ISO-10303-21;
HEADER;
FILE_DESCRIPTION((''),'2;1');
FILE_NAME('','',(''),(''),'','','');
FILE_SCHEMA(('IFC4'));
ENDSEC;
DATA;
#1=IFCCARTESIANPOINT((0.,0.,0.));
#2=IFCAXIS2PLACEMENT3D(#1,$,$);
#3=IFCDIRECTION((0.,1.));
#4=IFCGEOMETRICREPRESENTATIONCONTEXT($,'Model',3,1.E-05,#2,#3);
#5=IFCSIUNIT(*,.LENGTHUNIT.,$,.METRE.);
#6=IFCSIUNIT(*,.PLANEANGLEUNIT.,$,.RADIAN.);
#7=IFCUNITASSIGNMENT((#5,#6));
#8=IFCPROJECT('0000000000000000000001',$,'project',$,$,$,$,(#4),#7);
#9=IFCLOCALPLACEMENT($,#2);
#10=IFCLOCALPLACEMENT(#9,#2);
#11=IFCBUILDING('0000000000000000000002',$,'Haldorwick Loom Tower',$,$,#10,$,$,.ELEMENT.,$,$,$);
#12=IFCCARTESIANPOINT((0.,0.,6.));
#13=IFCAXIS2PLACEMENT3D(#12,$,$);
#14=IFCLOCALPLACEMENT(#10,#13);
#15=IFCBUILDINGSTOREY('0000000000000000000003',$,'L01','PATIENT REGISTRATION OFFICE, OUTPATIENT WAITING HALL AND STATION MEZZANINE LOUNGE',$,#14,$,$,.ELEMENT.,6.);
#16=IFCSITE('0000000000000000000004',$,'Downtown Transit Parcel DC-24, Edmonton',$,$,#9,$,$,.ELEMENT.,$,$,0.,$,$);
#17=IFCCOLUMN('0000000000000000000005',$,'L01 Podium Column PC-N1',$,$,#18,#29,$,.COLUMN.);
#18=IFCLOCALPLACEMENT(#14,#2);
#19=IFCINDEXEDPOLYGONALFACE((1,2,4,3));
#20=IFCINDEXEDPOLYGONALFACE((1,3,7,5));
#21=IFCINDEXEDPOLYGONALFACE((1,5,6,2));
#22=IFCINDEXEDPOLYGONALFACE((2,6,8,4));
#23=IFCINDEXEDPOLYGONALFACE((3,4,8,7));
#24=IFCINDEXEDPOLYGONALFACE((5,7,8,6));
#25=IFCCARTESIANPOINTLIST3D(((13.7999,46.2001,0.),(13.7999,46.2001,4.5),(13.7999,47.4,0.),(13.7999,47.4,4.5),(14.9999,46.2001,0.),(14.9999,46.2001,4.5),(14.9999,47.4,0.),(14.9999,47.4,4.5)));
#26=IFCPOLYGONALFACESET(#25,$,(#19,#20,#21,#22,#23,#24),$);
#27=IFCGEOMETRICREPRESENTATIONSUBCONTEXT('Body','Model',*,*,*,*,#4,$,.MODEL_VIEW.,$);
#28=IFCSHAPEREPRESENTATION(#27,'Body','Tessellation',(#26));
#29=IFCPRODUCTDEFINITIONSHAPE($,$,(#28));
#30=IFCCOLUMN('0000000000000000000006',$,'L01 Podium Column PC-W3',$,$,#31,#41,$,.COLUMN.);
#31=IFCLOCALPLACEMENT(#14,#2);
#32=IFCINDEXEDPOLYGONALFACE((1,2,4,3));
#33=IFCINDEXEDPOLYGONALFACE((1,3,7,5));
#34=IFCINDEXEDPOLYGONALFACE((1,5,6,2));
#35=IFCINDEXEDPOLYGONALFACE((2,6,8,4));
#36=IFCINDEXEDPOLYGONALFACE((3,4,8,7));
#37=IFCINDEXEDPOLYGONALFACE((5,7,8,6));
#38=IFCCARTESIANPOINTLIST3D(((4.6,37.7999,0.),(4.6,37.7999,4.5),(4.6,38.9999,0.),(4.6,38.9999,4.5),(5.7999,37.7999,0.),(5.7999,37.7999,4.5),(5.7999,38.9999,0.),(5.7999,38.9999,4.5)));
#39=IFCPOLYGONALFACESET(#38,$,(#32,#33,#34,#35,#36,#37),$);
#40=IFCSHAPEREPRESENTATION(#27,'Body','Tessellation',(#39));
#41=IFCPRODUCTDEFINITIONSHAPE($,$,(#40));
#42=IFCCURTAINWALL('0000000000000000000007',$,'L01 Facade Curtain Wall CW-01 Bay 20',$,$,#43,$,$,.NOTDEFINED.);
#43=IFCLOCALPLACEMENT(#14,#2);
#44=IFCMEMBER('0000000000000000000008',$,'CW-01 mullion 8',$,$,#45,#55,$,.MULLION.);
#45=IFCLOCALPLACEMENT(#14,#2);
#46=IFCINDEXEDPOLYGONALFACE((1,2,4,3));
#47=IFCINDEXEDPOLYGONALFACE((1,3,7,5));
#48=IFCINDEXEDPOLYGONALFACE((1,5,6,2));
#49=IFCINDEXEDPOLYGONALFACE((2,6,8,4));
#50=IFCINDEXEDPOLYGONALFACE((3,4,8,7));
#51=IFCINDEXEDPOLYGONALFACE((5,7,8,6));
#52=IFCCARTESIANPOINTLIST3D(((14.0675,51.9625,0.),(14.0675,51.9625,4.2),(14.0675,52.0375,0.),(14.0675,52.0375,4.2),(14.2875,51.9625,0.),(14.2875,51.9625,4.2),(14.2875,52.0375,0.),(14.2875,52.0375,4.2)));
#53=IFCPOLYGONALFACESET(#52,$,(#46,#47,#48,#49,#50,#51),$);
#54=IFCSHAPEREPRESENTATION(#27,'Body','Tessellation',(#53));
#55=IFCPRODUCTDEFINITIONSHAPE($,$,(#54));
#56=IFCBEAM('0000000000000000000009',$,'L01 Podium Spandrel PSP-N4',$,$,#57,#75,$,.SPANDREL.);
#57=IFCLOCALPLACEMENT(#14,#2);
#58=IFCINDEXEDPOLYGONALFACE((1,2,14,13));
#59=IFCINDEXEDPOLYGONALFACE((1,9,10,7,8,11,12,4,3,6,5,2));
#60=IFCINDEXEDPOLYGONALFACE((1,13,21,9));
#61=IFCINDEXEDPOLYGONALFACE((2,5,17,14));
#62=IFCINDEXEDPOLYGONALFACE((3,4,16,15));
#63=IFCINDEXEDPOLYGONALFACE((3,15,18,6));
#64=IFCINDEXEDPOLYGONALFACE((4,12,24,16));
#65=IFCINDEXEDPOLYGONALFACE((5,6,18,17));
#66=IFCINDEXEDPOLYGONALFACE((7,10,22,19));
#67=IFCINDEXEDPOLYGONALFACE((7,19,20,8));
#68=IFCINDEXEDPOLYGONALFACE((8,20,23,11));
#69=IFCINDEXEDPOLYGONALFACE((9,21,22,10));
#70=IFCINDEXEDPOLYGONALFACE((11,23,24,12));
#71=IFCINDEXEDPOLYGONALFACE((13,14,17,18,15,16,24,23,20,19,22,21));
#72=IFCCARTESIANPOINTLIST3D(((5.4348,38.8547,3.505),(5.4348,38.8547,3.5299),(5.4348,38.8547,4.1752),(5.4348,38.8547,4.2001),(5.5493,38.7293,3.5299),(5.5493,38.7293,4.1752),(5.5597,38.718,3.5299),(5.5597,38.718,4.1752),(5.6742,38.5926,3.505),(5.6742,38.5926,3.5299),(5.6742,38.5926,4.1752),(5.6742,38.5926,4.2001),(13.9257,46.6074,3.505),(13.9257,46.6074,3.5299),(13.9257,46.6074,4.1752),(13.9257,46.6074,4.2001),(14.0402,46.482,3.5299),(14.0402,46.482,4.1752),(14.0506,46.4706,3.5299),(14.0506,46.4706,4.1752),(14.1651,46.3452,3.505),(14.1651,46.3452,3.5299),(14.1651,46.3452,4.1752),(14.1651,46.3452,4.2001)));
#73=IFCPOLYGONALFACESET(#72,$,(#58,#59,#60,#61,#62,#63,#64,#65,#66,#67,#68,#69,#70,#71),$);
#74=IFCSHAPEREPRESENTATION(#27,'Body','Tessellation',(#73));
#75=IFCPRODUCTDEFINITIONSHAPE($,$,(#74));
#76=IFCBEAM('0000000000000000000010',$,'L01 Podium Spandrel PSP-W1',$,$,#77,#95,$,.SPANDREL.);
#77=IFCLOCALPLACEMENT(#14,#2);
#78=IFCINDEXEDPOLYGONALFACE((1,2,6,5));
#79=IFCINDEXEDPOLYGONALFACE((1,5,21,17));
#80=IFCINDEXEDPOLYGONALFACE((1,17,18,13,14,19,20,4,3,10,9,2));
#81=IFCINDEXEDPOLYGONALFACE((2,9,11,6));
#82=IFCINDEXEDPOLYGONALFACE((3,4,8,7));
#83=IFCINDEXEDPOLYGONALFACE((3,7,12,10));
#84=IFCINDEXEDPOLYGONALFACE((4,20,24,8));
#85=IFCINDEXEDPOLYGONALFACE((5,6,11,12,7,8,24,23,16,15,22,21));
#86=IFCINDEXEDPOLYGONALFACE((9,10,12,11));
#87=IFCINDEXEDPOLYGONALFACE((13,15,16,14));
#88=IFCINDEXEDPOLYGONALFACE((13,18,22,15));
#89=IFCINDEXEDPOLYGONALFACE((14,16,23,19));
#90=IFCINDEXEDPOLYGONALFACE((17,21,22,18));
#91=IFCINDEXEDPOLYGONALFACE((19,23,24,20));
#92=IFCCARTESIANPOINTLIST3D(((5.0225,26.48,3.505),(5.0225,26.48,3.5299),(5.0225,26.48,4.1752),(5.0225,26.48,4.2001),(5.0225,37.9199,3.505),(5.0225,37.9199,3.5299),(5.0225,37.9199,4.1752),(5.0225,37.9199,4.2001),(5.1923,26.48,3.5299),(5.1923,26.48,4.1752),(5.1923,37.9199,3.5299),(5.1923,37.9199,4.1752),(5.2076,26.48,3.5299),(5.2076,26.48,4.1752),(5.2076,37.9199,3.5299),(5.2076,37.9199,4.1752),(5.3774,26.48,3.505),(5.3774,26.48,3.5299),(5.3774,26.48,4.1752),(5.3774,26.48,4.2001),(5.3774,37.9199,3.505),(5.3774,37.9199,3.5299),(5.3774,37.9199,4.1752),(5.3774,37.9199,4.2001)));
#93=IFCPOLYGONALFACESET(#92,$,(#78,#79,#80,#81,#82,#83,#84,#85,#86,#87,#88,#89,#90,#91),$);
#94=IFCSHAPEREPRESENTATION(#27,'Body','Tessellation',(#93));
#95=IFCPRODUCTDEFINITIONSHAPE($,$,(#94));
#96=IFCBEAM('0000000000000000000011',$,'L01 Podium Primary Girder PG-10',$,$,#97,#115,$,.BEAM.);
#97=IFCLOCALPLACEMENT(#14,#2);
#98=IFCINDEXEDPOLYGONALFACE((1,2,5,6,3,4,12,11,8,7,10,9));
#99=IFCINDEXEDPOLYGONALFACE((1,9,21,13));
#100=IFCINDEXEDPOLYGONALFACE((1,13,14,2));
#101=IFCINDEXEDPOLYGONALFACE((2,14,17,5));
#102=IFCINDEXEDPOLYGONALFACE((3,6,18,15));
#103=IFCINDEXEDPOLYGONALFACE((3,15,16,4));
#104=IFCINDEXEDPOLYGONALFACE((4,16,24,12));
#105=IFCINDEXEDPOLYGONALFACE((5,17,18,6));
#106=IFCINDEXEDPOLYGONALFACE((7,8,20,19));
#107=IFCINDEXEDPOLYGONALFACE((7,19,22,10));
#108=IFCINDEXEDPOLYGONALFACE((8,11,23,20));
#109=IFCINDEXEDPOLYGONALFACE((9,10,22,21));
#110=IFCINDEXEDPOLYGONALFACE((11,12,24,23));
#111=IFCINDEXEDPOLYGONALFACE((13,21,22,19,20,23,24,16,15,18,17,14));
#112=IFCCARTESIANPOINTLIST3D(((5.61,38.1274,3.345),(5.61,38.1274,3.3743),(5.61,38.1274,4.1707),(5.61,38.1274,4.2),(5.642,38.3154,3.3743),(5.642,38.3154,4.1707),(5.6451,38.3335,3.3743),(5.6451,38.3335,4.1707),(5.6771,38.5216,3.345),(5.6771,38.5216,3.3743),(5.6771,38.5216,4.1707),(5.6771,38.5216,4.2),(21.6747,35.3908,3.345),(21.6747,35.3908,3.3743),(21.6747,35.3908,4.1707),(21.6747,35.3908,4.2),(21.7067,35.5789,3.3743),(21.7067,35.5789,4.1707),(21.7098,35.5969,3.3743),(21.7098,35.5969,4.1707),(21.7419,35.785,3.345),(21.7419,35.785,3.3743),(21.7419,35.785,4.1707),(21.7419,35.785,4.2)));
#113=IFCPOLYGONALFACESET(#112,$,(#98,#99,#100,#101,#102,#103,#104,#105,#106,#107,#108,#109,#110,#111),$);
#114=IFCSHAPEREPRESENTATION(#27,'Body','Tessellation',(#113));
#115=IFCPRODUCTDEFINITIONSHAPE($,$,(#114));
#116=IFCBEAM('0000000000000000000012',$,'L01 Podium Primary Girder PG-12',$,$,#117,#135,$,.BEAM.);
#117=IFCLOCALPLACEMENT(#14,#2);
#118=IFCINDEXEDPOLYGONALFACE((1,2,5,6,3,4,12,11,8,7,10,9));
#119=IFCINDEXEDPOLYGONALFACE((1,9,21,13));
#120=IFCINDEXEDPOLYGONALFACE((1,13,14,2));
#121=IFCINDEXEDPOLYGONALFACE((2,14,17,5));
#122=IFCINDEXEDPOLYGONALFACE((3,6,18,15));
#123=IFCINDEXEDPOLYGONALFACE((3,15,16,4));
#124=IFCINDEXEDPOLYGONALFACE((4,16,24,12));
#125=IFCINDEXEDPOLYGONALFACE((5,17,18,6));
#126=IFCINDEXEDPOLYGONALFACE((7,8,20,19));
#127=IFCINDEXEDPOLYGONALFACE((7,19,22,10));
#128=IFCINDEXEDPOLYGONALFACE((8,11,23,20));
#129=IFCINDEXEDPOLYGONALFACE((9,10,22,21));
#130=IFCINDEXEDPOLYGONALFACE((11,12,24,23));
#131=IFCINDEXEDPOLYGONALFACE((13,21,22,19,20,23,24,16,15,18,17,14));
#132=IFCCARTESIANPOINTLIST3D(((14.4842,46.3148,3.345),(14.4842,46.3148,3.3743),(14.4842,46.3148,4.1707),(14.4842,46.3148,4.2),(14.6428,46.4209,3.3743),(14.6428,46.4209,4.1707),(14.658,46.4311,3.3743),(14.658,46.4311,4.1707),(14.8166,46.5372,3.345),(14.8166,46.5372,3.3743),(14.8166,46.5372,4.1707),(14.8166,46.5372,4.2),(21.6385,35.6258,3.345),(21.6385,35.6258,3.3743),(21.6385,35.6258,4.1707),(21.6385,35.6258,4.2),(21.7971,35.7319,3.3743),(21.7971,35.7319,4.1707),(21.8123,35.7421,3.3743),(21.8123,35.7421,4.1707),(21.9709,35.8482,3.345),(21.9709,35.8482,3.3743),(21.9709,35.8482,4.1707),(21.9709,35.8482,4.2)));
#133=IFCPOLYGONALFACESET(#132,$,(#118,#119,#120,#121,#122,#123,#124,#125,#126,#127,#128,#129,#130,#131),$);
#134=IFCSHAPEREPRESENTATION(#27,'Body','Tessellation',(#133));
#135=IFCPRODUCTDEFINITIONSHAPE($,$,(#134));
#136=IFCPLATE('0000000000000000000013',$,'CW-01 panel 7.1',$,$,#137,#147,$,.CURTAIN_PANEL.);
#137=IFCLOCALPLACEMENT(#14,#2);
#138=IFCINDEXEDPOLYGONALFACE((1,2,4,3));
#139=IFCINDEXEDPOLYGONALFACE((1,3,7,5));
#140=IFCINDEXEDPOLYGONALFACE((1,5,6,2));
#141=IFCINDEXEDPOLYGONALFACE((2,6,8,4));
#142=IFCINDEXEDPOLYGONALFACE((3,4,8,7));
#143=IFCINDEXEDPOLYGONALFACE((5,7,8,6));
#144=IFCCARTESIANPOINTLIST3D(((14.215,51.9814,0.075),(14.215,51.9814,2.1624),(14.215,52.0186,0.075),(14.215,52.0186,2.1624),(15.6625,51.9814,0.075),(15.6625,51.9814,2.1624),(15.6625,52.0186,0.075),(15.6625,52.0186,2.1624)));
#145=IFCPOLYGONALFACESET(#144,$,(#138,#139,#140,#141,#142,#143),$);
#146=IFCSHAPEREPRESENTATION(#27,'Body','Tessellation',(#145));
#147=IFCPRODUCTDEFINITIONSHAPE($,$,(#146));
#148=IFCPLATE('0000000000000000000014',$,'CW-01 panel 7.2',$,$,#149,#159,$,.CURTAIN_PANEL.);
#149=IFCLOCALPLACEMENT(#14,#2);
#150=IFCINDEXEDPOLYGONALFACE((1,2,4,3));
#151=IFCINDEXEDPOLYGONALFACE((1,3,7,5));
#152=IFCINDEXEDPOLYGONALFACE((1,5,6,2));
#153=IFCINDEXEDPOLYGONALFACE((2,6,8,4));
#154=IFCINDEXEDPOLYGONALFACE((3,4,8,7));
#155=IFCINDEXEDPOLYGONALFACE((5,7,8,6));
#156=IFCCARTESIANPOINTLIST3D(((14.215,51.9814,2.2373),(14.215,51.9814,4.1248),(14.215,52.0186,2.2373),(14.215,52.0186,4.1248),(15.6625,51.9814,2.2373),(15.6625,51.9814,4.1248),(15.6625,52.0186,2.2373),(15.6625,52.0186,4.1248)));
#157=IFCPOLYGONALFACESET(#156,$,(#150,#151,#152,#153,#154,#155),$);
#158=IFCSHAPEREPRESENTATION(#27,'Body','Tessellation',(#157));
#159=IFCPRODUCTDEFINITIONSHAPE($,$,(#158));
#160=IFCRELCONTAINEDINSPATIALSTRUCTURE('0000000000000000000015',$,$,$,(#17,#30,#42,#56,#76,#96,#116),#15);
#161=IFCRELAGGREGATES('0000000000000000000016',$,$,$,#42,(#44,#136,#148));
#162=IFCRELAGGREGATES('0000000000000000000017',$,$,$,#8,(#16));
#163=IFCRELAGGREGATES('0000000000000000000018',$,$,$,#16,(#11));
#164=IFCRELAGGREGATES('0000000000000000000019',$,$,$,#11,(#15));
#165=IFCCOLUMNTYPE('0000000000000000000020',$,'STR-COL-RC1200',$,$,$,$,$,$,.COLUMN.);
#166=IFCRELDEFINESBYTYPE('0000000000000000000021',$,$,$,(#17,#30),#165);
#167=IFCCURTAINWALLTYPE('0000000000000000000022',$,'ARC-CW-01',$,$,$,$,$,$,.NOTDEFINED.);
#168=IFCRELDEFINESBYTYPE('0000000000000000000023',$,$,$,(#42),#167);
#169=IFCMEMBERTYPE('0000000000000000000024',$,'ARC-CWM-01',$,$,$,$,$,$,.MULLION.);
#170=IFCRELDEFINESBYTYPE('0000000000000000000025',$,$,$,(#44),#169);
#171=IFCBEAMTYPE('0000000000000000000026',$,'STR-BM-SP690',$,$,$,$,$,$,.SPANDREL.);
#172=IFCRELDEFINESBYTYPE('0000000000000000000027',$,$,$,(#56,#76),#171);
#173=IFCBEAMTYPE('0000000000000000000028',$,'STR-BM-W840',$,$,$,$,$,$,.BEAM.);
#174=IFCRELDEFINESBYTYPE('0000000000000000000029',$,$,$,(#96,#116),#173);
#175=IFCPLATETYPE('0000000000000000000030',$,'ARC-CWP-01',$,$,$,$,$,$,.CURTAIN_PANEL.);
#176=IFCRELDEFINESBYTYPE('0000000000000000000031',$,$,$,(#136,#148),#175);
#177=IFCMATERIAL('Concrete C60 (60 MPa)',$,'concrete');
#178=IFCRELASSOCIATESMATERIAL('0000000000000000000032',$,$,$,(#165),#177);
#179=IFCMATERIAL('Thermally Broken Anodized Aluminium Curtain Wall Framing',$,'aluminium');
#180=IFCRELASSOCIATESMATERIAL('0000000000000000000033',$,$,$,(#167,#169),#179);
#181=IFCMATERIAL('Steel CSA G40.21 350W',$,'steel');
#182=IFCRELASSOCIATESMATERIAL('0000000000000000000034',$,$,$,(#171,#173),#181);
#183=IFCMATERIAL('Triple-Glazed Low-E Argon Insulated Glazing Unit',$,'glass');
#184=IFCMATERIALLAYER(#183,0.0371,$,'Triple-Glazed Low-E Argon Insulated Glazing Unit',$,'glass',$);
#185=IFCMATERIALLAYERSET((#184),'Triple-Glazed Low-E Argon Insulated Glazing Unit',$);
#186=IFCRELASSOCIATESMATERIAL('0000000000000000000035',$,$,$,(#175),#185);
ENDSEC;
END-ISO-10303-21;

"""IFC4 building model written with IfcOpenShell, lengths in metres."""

from ifc_helpers import new_model, si_unit, direction, frame, origin, origin_2d, place, context, subcontext, project, spatial, rectangle, i_section, extrude, material, layer, layer_set, material_profile, profile_set, type_object, element, aggregate, save


model = new_model("IFC4")

# Units and contexts
model_context = context("Model", 3, precision=1e-05, world=origin(), true_north=direction((0.0, 1.0)))
body_context = subcontext(model_context, "Body", "Model", "MODEL_VIEW")
ifc_project = project(units=[si_unit("LENGTHUNIT", "METRE"), si_unit("PLANEANGLEUNIT", "RADIAN")], contexts=[model_context])

# Site, building, storey
site_placement = place(None, origin())
site = spatial("IfcSite", under=ifc_project, at=site_placement, Name="Downtown Transit Parcel DC-24, Edmonton", CompositionType="ELEMENT", RefElevation=0.0)
building_placement = place(site_placement, origin())
building = spatial("IfcBuilding", under=site, at=building_placement, Name="Haldorwick Loom Tower", CompositionType="ELEMENT")
storey_placement = place(building_placement, frame((0.0, 0.0, 6.0)))
storey = spatial("IfcBuildingStorey", under=building, at=storey_placement, Name="L01", Description="PATIENT REGISTRATION OFFICE, OUTPATIENT WAITING HALL AND STATION MEZZANINE LOUNGE", CompositionType="ELEMENT", Elevation=6.0)

# Columns
ifc_material_1 = material(Name="Concrete C60 (60 MPa)", Category="concrete")
ifc_material_profile_1 = material_profile(ifc_material_1, rectangle(XDim=1.2, YDim=1.2, at=origin_2d()), Name="RC1200X1200", Category="concrete")
ifc_profile_set_1 = profile_set([ifc_material_profile_1], Name="Concrete C60 (60 MPa)")
column_type = type_object("IfcColumnType", Name="STR-COL-RC1200", PredefinedType="COLUMN", material=ifc_profile_set_1)
for number, where, z_axis, x_axis, name in (
    (1, (14.3999, 46.8, 0.0), (0.0, 0.0, 1.0), (1.0, 0.0, 0.0), "L01 Podium Column PC-N1"),
    (2, (5.2, 38.3999, 0.0), (0.0, 0.0, 1.0), (1.0, 0.0, 0.0), "L01 Podium Column PC-W3"),
):
    element("IfcColumn", number, at=place(storey_placement, frame(where, z_axis=z_axis, x_axis=x_axis)), inside=storey, type_object=column_type, Name=name, PredefinedType="COLUMN", context=body_context, shape_type="SweptSolid", body=[
        extrude(rectangle(XDim=1.2, YDim=1.2, at=origin_2d()), origin(), (0.0, 0.0, 1.0), 4.5),
    ])

# Curtain wall, member
ifc_material_2 = material(Name="Thermally Broken Anodized Aluminium Curtain Wall Framing", Category="aluminium")
curtain_wall_type = type_object("IfcCurtainWallType", Name="ARC-CW-01", PredefinedType="NOTDEFINED", material=ifc_material_2)
curtain_wall_placement = place(storey_placement, origin())
curtain_wall = element("IfcCurtainWall", 3, at=curtain_wall_placement, inside=storey, type_object=curtain_wall_type, Name="L01 Facade Curtain Wall CW-01 Bay 20", PredefinedType="NOTDEFINED")
ifc_material_profile_2 = material_profile(ifc_material_2, rectangle(XDim=0.075, YDim=0.22, at=origin_2d()), Name="ALU_MUL_75X220", Category="aluminium")
ifc_profile_set_2 = profile_set([ifc_material_profile_2], Name="Thermally Broken Anodized Aluminium Curtain Wall Framing")
member_type = type_object("IfcMemberType", Name="ARC-CWM-01", PredefinedType="MULLION", material=ifc_profile_set_2)
member_placement = place(storey_placement, frame((14.1775, 52.0, 0.0), z_axis=(0.0, 0.0, 1.0), x_axis=(0.0, -1.0, 0.0)))
member = element("IfcMember", 4, at=member_placement, type_object=member_type, Name="CW-01 mullion 8", PredefinedType="MULLION", context=body_context, shape_type="SweptSolid", body=[
    extrude(rectangle(XDim=0.075, YDim=0.22, at=origin_2d()), origin(), (0.0, 0.0, 1.0), 4.2),
])

# Beams
ifc_material_3 = material(Name="Steel CSA G40.21 350W", Category="steel")
ifc_material_profile_3 = material_profile(ifc_material_3, i_section(OverallWidth=0.355, OverallDepth=0.6951, WebThickness=0.0154, FlangeThickness=0.0249, at=origin_2d()), Name="W690X217", Category="steel")
ifc_profile_set_3 = profile_set([ifc_material_profile_3], Name="Steel CSA G40.21 350W")
beam_type_1 = type_object("IfcBeamType", Name="STR-BM-SP690", PredefinedType="SPANDREL", material=ifc_profile_set_3)
beam_1_placement = place(storey_placement, frame((14.0454, 46.4763, 3.8525), z_axis=(-0.738483, -0.674272, 0.0), x_axis=(0.674272, -0.738483, 0.0)))
element("IfcBeam", 5, at=beam_1_placement, inside=storey, type_object=beam_type_1, Name="L01 Podium Spandrel PSP-N4", PredefinedType="SPANDREL", context=body_context, shape_type="SweptSolid", body=[
    extrude(i_section(OverallWidth=0.355, OverallDepth=0.6951, WebThickness=0.0154, FlangeThickness=0.0249, at=origin_2d()), origin(), (0.0, 0.0, 1.0), 11.4978),
])
beam_2_placement = place(storey_placement, frame((5.2, 37.9199, 3.8525), z_axis=(0.0, -1.0, 0.0), x_axis=(1.0, 0.0, 0.0)))
element("IfcBeam", 6, at=beam_2_placement, inside=storey, type_object=beam_type_1, Name="L01 Podium Spandrel PSP-W1", PredefinedType="SPANDREL", context=body_context, shape_type="SweptSolid", body=[
    extrude(i_section(OverallWidth=0.355, OverallDepth=0.6951, WebThickness=0.0154, FlangeThickness=0.0249, at=origin_2d()), origin(), (0.0, 0.0, 1.0), 11.4399),
])
ifc_material_profile_4 = material_profile(ifc_material_3, i_section(OverallWidth=0.3999, OverallDepth=0.855, WebThickness=0.0183, FlangeThickness=0.0293, at=origin_2d()), Name="W840X299", Category="steel")
ifc_profile_set_4 = profile_set([ifc_material_profile_4], Name="Steel CSA G40.21 350W")
beam_type_2 = type_object("IfcBeamType", Name="STR-BM-W840", PredefinedType="BEAM", material=ifc_profile_set_4)
beam_3_placement = place(storey_placement, frame((5.6436, 38.3245, 3.7725), z_axis=(0.985799, -0.167928, 0.0), x_axis=(0.167928, 0.985799, 0.0)))
element("IfcBeam", 7, at=beam_3_placement, inside=storey, type_object=beam_type_2, Name="L01 Podium Primary Girder PG-10", PredefinedType="BEAM", context=body_context, shape_type="SweptSolid", body=[
    extrude(i_section(OverallWidth=0.3999, OverallDepth=0.855, WebThickness=0.0183, FlangeThickness=0.0293, at=origin_2d()), origin(), (0.0, 0.0, 1.0), 16.2961),
])
beam_4_placement = place(storey_placement, frame((14.6504, 46.426, 3.7725), z_axis=(0.556224, -0.831033, 0.0), x_axis=(0.831033, 0.556224, 0.0)))
element("IfcBeam", 8, at=beam_4_placement, inside=storey, type_object=beam_type_2, Name="L01 Podium Primary Girder PG-12", PredefinedType="BEAM", context=body_context, shape_type="SweptSolid", body=[
    extrude(i_section(OverallWidth=0.3999, OverallDepth=0.855, WebThickness=0.0183, FlangeThickness=0.0293, at=origin_2d()), origin(), (0.0, 0.0, 1.0), 12.8623),
])

# Plates
ifc_material_4 = material(Name="Triple-Glazed Low-E Argon Insulated Glazing Unit", Category="glass")
ifc_layer_1 = layer(ifc_material_4, 0.0371, Name="Triple-Glazed Low-E Argon Insulated Glazing Unit", Category="glass")
ifc_layer_set_1 = layer_set([ifc_layer_1], Name="Triple-Glazed Low-E Argon Insulated Glazing Unit")
plate_type = type_object("IfcPlateType", Name="ARC-CWP-01", PredefinedType="CURTAIN_PANEL", material=ifc_layer_set_1)
plate_1_placement = place(storey_placement, frame((14.9387, 52.0, 0.075), z_axis=(0.0, 0.0, 1.0), x_axis=(-1.0, 0.0, 0.0)))
plate_1 = element("IfcPlate", 9, at=plate_1_placement, type_object=plate_type, Name="CW-01 panel 7.1", PredefinedType="CURTAIN_PANEL", context=body_context, shape_type="SweptSolid", body=[
    extrude(rectangle(XDim=1.4475, YDim=0.0371, at=origin_2d()), origin(), (0.0, 0.0, 1.0), 2.0874),
])
plate_2_placement = place(storey_placement, frame((14.9387, 52.0, 2.2373), z_axis=(0.0, 0.0, 1.0), x_axis=(-1.0, 0.0, 0.0)))
plate_2 = element("IfcPlate", 10, at=plate_2_placement, type_object=plate_type, Name="CW-01 panel 7.2", PredefinedType="CURTAIN_PANEL", context=body_context, shape_type="SweptSolid", body=[
    extrude(rectangle(XDim=1.4475, YDim=0.0371, at=origin_2d()), origin(), (0.0, 0.0, 1.0), 1.8875),
])
aggregate(curtain_wall, [member, plate_1, plate_2])

save(model, "model.ifc")
